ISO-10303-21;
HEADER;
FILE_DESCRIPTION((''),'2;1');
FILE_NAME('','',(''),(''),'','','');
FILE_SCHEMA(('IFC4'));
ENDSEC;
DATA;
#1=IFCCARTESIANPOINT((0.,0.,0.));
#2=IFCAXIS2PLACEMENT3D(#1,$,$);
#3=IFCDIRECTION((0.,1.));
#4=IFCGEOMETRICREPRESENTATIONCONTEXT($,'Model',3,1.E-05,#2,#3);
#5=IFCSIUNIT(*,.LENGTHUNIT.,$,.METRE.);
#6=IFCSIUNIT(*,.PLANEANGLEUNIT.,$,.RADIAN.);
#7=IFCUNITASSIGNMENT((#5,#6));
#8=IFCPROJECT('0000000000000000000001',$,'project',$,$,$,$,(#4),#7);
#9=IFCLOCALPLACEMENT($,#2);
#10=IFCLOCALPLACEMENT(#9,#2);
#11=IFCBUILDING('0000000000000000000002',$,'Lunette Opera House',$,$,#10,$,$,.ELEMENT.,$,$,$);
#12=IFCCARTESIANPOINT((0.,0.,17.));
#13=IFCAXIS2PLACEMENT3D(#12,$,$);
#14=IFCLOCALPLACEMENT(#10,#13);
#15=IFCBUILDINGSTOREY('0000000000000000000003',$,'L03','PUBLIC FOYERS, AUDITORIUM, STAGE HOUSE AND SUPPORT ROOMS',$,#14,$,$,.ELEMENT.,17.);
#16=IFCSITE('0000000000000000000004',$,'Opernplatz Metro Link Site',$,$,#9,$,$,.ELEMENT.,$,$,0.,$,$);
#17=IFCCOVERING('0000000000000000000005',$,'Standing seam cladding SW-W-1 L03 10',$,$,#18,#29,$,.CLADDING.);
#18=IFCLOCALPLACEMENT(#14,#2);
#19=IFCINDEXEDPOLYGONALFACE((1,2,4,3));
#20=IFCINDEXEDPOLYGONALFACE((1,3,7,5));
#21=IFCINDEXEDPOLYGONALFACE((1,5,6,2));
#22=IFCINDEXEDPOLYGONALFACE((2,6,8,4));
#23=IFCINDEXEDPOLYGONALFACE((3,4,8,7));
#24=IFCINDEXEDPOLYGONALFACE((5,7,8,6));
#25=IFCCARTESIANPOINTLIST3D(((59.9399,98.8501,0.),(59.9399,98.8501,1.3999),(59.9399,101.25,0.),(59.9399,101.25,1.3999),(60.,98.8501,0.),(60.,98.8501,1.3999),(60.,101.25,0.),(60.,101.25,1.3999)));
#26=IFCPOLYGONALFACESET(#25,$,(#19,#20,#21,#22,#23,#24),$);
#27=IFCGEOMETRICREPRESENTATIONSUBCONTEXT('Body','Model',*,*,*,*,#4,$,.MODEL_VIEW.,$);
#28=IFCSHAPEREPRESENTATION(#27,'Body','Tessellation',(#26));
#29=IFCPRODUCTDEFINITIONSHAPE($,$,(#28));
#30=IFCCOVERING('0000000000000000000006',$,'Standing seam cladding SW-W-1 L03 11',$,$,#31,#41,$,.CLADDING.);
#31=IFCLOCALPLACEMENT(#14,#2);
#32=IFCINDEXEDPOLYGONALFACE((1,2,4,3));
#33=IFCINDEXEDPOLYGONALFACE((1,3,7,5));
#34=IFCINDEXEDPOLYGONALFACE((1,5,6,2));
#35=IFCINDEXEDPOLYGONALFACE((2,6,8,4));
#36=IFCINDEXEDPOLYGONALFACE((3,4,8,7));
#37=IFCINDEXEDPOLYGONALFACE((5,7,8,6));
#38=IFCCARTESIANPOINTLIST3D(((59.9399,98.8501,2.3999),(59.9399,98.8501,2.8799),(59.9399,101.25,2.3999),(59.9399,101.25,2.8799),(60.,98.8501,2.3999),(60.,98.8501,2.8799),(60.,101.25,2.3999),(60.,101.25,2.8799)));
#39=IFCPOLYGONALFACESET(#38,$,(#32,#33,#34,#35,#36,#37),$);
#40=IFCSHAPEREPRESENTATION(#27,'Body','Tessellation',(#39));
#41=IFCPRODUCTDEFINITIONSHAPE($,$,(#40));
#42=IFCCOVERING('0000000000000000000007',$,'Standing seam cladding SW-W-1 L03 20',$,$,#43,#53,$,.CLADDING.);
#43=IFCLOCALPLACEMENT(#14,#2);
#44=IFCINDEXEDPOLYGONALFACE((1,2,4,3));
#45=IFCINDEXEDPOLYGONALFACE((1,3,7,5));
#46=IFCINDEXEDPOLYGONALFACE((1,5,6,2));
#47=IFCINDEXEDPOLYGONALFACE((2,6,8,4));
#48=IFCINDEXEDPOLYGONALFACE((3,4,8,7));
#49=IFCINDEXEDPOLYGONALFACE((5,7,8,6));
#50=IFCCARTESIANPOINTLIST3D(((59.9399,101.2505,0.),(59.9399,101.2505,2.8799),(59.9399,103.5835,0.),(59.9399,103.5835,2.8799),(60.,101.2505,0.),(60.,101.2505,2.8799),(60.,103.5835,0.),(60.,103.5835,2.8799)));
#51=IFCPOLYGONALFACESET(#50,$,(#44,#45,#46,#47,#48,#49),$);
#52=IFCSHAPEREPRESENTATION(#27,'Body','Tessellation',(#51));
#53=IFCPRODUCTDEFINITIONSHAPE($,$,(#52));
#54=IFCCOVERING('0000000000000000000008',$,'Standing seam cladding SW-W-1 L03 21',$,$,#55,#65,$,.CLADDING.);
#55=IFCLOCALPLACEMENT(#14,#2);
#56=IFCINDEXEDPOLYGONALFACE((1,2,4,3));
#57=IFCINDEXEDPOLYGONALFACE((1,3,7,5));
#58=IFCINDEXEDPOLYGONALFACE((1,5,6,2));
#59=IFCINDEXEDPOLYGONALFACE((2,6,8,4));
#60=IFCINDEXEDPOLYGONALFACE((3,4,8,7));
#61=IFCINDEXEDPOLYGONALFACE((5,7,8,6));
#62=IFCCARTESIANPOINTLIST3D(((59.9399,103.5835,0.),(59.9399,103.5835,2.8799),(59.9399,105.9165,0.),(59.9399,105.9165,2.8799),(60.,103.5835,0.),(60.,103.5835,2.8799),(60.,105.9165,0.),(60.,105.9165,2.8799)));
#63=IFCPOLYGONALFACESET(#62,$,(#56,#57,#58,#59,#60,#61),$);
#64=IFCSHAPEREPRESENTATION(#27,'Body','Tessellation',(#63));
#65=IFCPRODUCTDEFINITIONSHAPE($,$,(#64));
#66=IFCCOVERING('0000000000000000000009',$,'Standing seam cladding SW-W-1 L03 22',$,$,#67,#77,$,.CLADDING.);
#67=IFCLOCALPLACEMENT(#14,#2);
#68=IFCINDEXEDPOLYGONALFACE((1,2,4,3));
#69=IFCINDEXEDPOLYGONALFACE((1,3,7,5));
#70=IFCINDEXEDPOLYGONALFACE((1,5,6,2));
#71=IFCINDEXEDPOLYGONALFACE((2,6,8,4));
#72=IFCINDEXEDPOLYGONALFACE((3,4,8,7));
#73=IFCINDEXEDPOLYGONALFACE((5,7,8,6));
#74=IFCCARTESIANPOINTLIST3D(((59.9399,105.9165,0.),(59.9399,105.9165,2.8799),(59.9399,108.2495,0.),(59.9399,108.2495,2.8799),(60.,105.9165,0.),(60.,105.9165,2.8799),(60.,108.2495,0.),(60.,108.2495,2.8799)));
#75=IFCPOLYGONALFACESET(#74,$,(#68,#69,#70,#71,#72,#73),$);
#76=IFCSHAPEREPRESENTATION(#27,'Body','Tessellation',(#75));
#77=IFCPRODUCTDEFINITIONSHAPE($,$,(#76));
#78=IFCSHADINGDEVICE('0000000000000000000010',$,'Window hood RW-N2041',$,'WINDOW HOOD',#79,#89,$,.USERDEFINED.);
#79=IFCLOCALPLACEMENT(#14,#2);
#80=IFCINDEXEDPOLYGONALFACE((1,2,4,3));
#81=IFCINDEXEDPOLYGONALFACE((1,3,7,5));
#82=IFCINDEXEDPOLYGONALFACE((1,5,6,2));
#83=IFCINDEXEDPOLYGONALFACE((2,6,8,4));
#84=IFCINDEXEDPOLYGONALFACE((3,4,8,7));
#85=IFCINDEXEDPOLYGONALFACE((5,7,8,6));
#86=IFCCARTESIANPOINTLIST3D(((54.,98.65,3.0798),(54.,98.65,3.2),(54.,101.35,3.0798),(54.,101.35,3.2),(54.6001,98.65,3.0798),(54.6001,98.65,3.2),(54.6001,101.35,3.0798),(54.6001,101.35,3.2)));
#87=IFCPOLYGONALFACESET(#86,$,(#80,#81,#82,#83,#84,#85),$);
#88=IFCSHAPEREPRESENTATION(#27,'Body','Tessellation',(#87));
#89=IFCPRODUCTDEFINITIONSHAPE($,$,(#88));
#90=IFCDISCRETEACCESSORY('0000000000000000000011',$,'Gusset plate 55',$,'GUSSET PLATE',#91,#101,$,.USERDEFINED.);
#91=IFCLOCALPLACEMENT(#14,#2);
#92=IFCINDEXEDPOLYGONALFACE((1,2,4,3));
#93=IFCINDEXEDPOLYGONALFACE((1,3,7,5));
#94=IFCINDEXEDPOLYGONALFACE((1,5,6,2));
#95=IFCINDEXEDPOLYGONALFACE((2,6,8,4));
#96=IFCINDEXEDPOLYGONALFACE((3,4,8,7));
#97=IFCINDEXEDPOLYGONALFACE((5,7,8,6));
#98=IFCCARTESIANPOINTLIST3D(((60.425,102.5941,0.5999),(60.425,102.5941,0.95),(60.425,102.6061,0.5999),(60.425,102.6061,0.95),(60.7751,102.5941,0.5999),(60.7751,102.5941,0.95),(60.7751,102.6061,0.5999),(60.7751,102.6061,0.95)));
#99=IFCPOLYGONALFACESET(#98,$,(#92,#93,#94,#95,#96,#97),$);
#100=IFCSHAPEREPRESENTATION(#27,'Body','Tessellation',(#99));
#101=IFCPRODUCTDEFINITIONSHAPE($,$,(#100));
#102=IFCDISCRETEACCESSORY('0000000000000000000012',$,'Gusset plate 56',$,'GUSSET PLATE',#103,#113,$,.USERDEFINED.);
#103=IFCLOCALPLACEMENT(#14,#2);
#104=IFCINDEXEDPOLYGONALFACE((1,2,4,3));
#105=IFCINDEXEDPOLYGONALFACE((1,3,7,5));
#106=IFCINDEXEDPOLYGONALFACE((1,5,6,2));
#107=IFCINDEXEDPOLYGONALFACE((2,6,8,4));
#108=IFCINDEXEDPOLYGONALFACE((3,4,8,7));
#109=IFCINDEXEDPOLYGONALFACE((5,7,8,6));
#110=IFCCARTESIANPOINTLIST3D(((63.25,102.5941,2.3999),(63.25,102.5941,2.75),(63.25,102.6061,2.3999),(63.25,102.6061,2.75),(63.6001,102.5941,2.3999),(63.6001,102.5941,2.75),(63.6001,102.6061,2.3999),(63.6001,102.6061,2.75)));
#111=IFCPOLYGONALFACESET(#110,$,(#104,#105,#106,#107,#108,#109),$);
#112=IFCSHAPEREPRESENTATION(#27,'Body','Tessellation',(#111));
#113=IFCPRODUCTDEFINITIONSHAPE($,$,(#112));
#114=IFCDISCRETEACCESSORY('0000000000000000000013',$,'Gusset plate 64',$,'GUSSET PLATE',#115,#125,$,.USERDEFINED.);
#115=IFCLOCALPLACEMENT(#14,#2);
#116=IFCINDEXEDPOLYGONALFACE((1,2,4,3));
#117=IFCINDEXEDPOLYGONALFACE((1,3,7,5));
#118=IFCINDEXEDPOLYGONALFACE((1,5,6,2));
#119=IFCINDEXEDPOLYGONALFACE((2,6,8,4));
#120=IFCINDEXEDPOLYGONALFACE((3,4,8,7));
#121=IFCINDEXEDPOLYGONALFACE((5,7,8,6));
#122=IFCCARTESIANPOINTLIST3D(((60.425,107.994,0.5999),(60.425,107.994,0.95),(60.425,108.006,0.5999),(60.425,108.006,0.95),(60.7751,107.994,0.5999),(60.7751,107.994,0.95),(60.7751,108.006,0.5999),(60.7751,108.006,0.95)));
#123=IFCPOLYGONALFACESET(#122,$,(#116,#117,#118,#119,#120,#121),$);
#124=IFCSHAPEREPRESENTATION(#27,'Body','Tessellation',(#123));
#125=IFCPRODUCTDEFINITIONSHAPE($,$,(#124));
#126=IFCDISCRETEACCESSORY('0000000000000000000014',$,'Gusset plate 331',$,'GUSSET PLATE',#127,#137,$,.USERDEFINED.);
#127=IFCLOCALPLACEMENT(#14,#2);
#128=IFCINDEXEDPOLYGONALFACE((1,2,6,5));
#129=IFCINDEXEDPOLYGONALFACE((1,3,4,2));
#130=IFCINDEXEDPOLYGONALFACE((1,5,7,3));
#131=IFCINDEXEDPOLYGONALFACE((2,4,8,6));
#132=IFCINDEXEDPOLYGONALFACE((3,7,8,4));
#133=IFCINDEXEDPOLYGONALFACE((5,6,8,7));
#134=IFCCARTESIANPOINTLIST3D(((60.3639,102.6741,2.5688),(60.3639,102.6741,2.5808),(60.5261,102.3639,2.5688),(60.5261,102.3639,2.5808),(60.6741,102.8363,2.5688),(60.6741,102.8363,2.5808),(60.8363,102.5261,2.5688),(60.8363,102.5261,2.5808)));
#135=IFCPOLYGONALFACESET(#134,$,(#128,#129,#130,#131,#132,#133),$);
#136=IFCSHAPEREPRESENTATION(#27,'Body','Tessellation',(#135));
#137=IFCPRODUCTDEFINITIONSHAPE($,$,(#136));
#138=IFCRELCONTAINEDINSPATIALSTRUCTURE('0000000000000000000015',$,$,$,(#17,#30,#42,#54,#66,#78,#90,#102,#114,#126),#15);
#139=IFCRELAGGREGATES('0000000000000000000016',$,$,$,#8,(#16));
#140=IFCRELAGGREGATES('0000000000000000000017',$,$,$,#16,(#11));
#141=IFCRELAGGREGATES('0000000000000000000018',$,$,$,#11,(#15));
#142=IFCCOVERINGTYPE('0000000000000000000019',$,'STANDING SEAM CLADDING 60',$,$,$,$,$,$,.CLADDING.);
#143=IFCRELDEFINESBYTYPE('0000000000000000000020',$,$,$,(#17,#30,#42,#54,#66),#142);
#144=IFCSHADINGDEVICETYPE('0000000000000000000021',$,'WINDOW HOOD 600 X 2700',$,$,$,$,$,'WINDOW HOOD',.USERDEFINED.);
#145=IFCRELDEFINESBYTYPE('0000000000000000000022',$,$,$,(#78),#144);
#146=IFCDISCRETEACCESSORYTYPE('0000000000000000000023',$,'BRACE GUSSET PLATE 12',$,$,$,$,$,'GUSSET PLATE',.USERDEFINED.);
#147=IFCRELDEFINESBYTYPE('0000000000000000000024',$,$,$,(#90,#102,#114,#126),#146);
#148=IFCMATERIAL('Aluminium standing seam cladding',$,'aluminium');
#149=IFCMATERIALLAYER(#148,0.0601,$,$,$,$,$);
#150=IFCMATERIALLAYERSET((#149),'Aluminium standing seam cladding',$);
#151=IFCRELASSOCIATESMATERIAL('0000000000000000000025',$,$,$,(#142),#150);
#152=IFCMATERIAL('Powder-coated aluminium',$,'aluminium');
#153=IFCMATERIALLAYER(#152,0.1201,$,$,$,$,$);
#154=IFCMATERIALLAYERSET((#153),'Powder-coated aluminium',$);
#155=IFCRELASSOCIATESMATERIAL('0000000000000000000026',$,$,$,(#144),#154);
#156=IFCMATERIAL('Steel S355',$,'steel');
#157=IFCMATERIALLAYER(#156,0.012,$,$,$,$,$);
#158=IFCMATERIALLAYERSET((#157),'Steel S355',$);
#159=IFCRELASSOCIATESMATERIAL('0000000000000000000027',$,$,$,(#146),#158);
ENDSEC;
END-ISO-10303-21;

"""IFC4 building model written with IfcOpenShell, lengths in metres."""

from ifc_helpers import new_model, si_unit, direction, frame, origin, origin_2d, place, context, subcontext, project, spatial, rectangle, extrude, material, layer, layer_set, type_object, element, save


model = new_model("IFC4")

# Units and contexts
model_context = context("Model", 3, precision=1e-05, world=origin(), true_north=direction((0.0, 1.0)))
body_context = subcontext(model_context, "Body", "Model", "MODEL_VIEW")
ifc_project = project(units=[si_unit("LENGTHUNIT", "METRE"), si_unit("PLANEANGLEUNIT", "RADIAN")], contexts=[model_context])

# Site, building, storey
site_placement = place(None, origin())
site = spatial("IfcSite", under=ifc_project, at=site_placement, Name="Opernplatz Metro Link Site", CompositionType="ELEMENT", RefElevation=0.0)
building_placement = place(site_placement, origin())
building = spatial("IfcBuilding", under=site, at=building_placement, Name="Lunette Opera House", CompositionType="ELEMENT")
storey_placement = place(building_placement, frame((0.0, 0.0, 17.0)))
storey = spatial("IfcBuildingStorey", under=building, at=storey_placement, Name="L03", Description="PUBLIC FOYERS, AUDITORIUM, STAGE HOUSE AND SUPPORT ROOMS", CompositionType="ELEMENT", Elevation=17.0)

# Coverings
ifc_material_1 = material(Name="Aluminium standing seam cladding", Category="aluminium")
ifc_layer_1 = layer(ifc_material_1, 0.0601)
ifc_layer_set_1 = layer_set([ifc_layer_1], Name="Aluminium standing seam cladding")
covering_type = type_object("IfcCoveringType", Name="STANDING SEAM CLADDING 60", PredefinedType="CLADDING", material=ifc_layer_set_1)
covering_1_placement = place(storey_placement, frame((59.97, 100.05, 0.0), z_axis=(0.0, 0.0, 1.0), x_axis=(0.0, 1.0, 0.0)))
element("IfcCovering", 1, at=covering_1_placement, inside=storey, type_object=covering_type, Name="Standing seam cladding SW-W-1 L03 10", PredefinedType="CLADDING", context=body_context, shape_type="SweptSolid", body=[
    extrude(rectangle(XDim=2.3999, YDim=0.0601, at=origin_2d()), origin(), (0.0, 0.0, 1.0), 1.3999),
])
covering_2_placement = place(storey_placement, frame((59.97, 100.05, 2.3999), z_axis=(0.0, 0.0, 1.0), x_axis=(0.0, 1.0, 0.0)))
element("IfcCovering", 2, at=covering_2_placement, inside=storey, type_object=covering_type, Name="Standing seam cladding SW-W-1 L03 11", PredefinedType="CLADDING", context=body_context, shape_type="SweptSolid", body=[
    extrude(rectangle(XDim=2.3999, YDim=0.0601, at=origin_2d()), origin(), (0.0, 0.0, 1.0), 0.48),
])
for number, where, z_axis, x_axis, name in (
    (3, (59.97, 102.417, 0.0), (0.0, 0.0, 1.0), (0.0, 1.0, 0.0), "Standing seam cladding SW-W-1 L03 20"),
    (4, (59.97, 104.75, 0.0), (0.0, 0.0, 1.0), (0.0, 1.0, 0.0), "Standing seam cladding SW-W-1 L03 21"),
    (5, (59.97, 107.083, 0.0), (0.0, 0.0, 1.0), (0.0, 1.0, 0.0), "Standing seam cladding SW-W-1 L03 22"),
):
    element("IfcCovering", number, at=place(storey_placement, frame(where, z_axis=z_axis, x_axis=x_axis)), inside=storey, type_object=covering_type, Name=name, PredefinedType="CLADDING", context=body_context, shape_type="SweptSolid", body=[
        extrude(rectangle(XDim=2.333, YDim=0.0601, at=origin_2d()), origin(), (0.0, 0.0, 1.0), 2.8799),
    ])

# Shading device
ifc_material_2 = material(Name="Powder-coated aluminium", Category="aluminium")
ifc_layer_2 = layer(ifc_material_2, 0.1201)
ifc_layer_set_2 = layer_set([ifc_layer_2], Name="Powder-coated aluminium")
shading_device_type = type_object("IfcShadingDeviceType", Name="WINDOW HOOD 600 X 2700", ElementType="WINDOW HOOD", PredefinedType="USERDEFINED", material=ifc_layer_set_2)
shading_device_placement = place(storey_placement, frame((54.3, 100.0, 3.0798), z_axis=(0.0, 0.0, 1.0), x_axis=(1.0, 0.0, 0.0)))
element("IfcShadingDevice", 6, at=shading_device_placement, inside=storey, type_object=shading_device_type, Name="Window hood RW-N2041", ObjectType="WINDOW HOOD", PredefinedType="USERDEFINED", context=body_context, shape_type="SweptSolid", body=[
    extrude(rectangle(XDim=0.6001, YDim=2.7, at=origin_2d()), origin(), (0.0, 0.0, 1.0), 0.1201),
])

# Discrete accessories
ifc_material_3 = material(Name="Steel S355", Category="steel")
ifc_layer_3 = layer(ifc_material_3, 0.012)
ifc_layer_set_3 = layer_set([ifc_layer_3], Name="Steel S355")
discrete_accessory_type = type_object("IfcDiscreteAccessoryType", Name="BRACE GUSSET PLATE 12", ElementType="GUSSET PLATE", PredefinedType="USERDEFINED", material=ifc_layer_set_3)
for number, where, z_axis, x_axis, name in (
    (7, (60.6001, 102.6001, 0.5999), (0.0, 0.0, 1.0), (1.0, 0.0, 0.0), "Gusset plate 55"),
    (8, (63.425, 102.6001, 2.3999), (0.0, 0.0, 1.0), (1.0, 0.0, 0.0), "Gusset plate 56"),
    (9, (60.6001, 108.0, 0.5999), (0.0, 0.0, 1.0), (1.0, 0.0, 0.0), "Gusset plate 64"),
):
    element("IfcDiscreteAccessory", number, at=place(storey_placement, frame(where, z_axis=z_axis, x_axis=x_axis)), inside=storey, type_object=discrete_accessory_type, Name=name, ObjectType="GUSSET PLATE", PredefinedType="USERDEFINED", context=body_context, shape_type="SweptSolid", body=[
        extrude(rectangle(XDim=0.3501, YDim=0.012, at=origin_2d()), origin(), (0.0, 0.0, 1.0), 0.3501),
    ])
discrete_accessory_placement = place(storey_placement, frame((60.6001, 102.6001, 2.5688), z_axis=(0.0, 0.0, 1.0), x_axis=(-0.463418, 0.88614, 0.0)))
element("IfcDiscreteAccessory", 10, at=discrete_accessory_placement, inside=storey, type_object=discrete_accessory_type, Name="Gusset plate 331", ObjectType="GUSSET PLATE", PredefinedType="USERDEFINED", context=body_context, shape_type="SweptSolid", body=[
    extrude(rectangle(XDim=0.3501, YDim=0.3501, at=origin_2d()), origin(), (0.0, 0.0, 1.0), 0.012),
])

save(model, "model.ifc")
